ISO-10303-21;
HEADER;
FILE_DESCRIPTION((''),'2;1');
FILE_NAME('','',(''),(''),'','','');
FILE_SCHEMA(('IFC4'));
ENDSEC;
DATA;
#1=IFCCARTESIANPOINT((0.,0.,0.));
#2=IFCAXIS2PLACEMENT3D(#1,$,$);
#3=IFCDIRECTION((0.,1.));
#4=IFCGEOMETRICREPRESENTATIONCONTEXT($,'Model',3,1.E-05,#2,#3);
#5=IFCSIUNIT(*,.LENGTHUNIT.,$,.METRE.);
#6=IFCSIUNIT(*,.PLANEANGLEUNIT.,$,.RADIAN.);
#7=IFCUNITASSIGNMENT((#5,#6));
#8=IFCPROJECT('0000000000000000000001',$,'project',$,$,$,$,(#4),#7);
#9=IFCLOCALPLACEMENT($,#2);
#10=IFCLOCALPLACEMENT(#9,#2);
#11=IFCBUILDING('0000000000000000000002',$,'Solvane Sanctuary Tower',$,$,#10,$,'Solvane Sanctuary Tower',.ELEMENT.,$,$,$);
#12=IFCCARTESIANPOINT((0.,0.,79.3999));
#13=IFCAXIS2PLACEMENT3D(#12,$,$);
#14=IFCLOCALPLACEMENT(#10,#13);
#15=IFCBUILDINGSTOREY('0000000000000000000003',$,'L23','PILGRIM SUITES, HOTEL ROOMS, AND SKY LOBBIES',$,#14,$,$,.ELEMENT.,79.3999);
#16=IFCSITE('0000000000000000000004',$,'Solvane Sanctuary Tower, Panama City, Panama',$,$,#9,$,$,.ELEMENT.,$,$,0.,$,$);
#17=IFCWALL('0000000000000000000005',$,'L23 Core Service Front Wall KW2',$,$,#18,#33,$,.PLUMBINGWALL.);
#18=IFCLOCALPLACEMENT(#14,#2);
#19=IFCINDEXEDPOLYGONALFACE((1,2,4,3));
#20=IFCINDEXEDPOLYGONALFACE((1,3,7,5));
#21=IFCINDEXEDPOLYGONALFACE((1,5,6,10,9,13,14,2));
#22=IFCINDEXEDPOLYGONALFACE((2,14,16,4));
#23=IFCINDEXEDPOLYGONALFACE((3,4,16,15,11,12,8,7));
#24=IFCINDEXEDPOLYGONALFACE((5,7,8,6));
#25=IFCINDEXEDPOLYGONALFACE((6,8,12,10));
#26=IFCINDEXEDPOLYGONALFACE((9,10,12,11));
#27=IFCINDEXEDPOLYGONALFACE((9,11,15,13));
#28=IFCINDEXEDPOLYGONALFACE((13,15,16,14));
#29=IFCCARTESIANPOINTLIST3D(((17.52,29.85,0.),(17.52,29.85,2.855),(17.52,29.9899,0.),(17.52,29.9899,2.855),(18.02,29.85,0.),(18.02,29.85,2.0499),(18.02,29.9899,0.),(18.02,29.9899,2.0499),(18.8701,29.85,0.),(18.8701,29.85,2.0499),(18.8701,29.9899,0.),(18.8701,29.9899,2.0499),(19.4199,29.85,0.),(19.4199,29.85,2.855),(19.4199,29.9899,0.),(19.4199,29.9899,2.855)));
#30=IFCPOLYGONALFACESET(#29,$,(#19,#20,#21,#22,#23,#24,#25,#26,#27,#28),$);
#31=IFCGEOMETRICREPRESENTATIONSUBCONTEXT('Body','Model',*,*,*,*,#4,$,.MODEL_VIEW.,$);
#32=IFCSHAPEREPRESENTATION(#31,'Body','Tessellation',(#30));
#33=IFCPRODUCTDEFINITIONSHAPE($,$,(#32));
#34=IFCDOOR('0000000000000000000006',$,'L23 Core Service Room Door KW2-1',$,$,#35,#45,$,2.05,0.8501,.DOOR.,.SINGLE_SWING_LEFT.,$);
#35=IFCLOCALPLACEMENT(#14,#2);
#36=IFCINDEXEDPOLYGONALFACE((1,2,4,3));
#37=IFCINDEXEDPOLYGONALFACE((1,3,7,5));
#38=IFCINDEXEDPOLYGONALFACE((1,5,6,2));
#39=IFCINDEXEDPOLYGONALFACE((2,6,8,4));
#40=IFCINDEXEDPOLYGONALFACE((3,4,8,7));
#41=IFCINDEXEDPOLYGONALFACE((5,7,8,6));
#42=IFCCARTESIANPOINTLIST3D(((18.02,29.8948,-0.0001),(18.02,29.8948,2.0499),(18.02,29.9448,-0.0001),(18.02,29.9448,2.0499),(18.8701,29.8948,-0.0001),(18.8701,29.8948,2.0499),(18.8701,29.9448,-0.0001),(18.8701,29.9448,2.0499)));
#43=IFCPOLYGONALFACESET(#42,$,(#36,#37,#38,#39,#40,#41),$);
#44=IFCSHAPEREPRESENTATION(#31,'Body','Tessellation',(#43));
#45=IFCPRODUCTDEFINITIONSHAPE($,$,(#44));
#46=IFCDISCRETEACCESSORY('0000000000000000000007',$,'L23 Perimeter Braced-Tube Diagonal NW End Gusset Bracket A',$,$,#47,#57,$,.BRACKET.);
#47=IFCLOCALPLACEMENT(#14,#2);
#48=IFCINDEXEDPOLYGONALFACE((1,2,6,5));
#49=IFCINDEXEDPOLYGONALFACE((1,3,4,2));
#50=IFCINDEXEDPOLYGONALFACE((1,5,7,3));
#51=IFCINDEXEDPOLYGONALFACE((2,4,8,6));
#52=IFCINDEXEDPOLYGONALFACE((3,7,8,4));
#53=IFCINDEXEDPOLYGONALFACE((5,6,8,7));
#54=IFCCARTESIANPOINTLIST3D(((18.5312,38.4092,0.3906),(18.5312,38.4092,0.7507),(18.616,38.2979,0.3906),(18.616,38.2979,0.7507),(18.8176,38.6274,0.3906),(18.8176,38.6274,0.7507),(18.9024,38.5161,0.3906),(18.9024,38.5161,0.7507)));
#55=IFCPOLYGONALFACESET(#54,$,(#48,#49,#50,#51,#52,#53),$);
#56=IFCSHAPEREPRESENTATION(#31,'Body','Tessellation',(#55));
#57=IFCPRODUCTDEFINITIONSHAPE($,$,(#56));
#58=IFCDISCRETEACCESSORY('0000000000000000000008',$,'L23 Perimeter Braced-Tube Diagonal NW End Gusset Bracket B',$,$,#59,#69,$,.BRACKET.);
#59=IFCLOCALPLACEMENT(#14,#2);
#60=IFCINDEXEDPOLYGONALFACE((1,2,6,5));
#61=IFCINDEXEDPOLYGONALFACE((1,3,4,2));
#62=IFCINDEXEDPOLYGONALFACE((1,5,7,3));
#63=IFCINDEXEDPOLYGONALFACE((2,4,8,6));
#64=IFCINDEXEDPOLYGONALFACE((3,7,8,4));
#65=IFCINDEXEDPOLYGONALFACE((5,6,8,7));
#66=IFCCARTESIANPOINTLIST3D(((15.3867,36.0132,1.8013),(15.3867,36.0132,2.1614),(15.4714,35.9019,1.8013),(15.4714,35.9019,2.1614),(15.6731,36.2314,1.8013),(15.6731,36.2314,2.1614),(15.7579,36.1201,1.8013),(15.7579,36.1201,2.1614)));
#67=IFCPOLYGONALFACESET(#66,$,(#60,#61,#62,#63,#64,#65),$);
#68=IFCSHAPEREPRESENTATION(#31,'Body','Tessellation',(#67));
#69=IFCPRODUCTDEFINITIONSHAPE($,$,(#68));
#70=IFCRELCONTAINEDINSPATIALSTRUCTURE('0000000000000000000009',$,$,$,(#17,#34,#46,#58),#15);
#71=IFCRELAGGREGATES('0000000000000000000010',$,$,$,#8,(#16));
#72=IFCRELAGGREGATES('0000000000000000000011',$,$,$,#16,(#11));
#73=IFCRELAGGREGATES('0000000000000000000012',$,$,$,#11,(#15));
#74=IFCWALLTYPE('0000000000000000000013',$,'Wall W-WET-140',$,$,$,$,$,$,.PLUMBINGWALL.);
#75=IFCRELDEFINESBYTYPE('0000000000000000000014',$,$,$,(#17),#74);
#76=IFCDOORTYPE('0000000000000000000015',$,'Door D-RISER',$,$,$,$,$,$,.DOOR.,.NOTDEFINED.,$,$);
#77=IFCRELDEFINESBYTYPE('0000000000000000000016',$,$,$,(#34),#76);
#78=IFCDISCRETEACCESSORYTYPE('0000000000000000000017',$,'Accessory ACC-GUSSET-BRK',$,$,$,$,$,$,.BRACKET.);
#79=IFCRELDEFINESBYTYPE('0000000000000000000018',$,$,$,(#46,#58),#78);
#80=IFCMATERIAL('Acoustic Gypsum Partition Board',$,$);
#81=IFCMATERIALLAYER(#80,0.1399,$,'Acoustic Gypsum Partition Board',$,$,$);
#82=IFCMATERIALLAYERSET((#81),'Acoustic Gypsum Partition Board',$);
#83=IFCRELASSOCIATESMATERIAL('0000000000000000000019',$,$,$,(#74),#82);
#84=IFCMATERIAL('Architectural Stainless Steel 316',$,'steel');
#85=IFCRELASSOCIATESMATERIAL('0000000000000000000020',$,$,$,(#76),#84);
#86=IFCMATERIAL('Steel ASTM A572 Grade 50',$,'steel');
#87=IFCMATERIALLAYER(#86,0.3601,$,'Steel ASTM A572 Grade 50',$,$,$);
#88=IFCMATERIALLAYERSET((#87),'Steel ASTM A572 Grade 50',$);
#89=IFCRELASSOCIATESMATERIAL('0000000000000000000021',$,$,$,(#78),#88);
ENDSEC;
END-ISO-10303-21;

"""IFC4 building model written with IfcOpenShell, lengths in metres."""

from ifc_helpers import new_model, si_unit, direction, frame, frame_2d, origin, origin_2d, place, context, subcontext, project, spatial, rectangle, extrude, material, layer, layer_set, type_object, element, fill, save


model = new_model("IFC4")

# Units and contexts
model_context = context("Model", 3, precision=1e-05, world=origin(), true_north=direction((0.0, 1.0)))
body_context = subcontext(model_context, "Body", "Model", "MODEL_VIEW")
ifc_project = project(units=[si_unit("LENGTHUNIT", "METRE"), si_unit("PLANEANGLEUNIT", "RADIAN")], contexts=[model_context])

# Site, building, storey
site_placement = place(None, origin())
site = spatial("IfcSite", under=ifc_project, at=site_placement, Name="Solvane Sanctuary Tower, Panama City, Panama", CompositionType="ELEMENT", RefElevation=0.0)
building_placement = place(site_placement, origin())
building = spatial("IfcBuilding", under=site, at=building_placement, Name="Solvane Sanctuary Tower", LongName="Solvane Sanctuary Tower", CompositionType="ELEMENT")
storey_placement = place(building_placement, frame((0.0, 0.0, 79.3999)))
storey = spatial("IfcBuildingStorey", under=building, at=storey_placement, Name="L23", Description="PILGRIM SUITES, HOTEL ROOMS, AND SKY LOBBIES", CompositionType="ELEMENT", Elevation=79.3999)

# Shared definitions
ifc_material_1 = material(Name="Acoustic Gypsum Partition Board")

# Shared definitions
ifc_material_2 = material(Name="Architectural Stainless Steel 316", Category="steel")

# Wall, opening, door
ifc_layer_1 = layer(ifc_material_1, 0.1399, Name="Acoustic Gypsum Partition Board")
ifc_layer_set_1 = layer_set([ifc_layer_1], Name="Acoustic Gypsum Partition Board")
wall_type_1 = type_object("IfcWallType", Name="Wall W-WET-140", PredefinedType="PLUMBINGWALL", material=ifc_layer_set_1)
door_type_1 = type_object("IfcDoorType", Name="Door D-RISER", OperationType="NOTDEFINED", PredefinedType="DOOR", material=ifc_material_2)
wall_1_placement = place(storey_placement, frame((17.52, 29.9199, 0.0), z_axis=(0.0, 0.0, 1.0), x_axis=(1.0, 0.0, 0.0)))
wall_1 = element("IfcWall", 1, at=wall_1_placement, inside=storey, type_object=wall_type_1, Name="L23 Core Service Front Wall KW2", PredefinedType="PLUMBINGWALL", context=body_context, shape_type="SweptSolid", body=[
    extrude(rectangle(XDim=1.8999, YDim=0.1399, at=frame_2d((0.95, 0.0))), origin(), (0.0, 0.0, 1.0), 2.855),
])
opening_1_placement = place(wall_1_placement, frame((0.5, 0.0, 0.0)))
opening_1 = element("IfcOpeningElement", 2, at=opening_1_placement, cuts=wall_1, PredefinedType="OPENING", context=body_context, shape_type="SweptSolid", body=[
    extrude(rectangle(XDim=0.8501, YDim=2.05, at=frame_2d((0.425, 1.0249))), frame((0.0, 0.0798, 0.0), z_axis=(0.0, -1.0, 0.0), x_axis=(1.0, 0.0, 0.0)), (0.0, 0.0, 1.0), 0.1599),
])
door_1_placement = place(opening_1_placement, origin())
door_1 = element("IfcDoor", 3, at=door_1_placement, inside=storey, type_object=door_type_1, Name="L23 Core Service Room Door KW2-1", OperationType="SINGLE_SWING_LEFT", OverallHeight=2.05, OverallWidth=0.8501, PredefinedType="DOOR", context=body_context, shape_type="SweptSolid", body=[
    extrude(rectangle(XDim=0.8501, YDim=2.05, at=frame_2d((0.425, 1.0249))), frame((0.0, 0.0249, 0.0), z_axis=(0.0, -1.0, 0.0), x_axis=(1.0, 0.0, 0.0)), (0.0, 0.0, 1.0), 0.05),
])
fill(opening_1, door_1)

# Discrete accessories
ifc_material_3 = material(Name="Steel ASTM A572 Grade 50", Category="steel")
ifc_layer_2 = layer(ifc_material_3, 0.3601, Name="Steel ASTM A572 Grade 50")
ifc_layer_set_2 = layer_set([ifc_layer_2], Name="Steel ASTM A572 Grade 50")
discrete_accessory_type = type_object("IfcDiscreteAccessoryType", Name="Accessory ACC-GUSSET-BRK", PredefinedType="BRACKET", material=ifc_layer_set_2)
for number, where, z_axis, x_axis, name in (
    (4, (18.7168, 38.4626, 0.3906), (0.0, 0.0, 1.0), (-0.795473, -0.605988, 0.0), "L23 Perimeter Braced-Tube Diagonal NW End Gusset Bracket A"),
    (5, (15.5723, 36.0667, 1.8013), (0.0, 0.0, 1.0), (-0.795473, -0.605988, 0.0), "L23 Perimeter Braced-Tube Diagonal NW End Gusset Bracket B"),
):
    element("IfcDiscreteAccessory", number, at=place(storey_placement, frame(where, z_axis=z_axis, x_axis=x_axis)), inside=storey, type_object=discrete_accessory_type, Name=name, PredefinedType="BRACKET", context=body_context, shape_type="SweptSolid", body=[
        extrude(rectangle(XDim=0.3601, YDim=0.1399, at=origin_2d()), origin(), (0.0, 0.0, 1.0), 0.3601),
    ])

save(model, "model.ifc")
